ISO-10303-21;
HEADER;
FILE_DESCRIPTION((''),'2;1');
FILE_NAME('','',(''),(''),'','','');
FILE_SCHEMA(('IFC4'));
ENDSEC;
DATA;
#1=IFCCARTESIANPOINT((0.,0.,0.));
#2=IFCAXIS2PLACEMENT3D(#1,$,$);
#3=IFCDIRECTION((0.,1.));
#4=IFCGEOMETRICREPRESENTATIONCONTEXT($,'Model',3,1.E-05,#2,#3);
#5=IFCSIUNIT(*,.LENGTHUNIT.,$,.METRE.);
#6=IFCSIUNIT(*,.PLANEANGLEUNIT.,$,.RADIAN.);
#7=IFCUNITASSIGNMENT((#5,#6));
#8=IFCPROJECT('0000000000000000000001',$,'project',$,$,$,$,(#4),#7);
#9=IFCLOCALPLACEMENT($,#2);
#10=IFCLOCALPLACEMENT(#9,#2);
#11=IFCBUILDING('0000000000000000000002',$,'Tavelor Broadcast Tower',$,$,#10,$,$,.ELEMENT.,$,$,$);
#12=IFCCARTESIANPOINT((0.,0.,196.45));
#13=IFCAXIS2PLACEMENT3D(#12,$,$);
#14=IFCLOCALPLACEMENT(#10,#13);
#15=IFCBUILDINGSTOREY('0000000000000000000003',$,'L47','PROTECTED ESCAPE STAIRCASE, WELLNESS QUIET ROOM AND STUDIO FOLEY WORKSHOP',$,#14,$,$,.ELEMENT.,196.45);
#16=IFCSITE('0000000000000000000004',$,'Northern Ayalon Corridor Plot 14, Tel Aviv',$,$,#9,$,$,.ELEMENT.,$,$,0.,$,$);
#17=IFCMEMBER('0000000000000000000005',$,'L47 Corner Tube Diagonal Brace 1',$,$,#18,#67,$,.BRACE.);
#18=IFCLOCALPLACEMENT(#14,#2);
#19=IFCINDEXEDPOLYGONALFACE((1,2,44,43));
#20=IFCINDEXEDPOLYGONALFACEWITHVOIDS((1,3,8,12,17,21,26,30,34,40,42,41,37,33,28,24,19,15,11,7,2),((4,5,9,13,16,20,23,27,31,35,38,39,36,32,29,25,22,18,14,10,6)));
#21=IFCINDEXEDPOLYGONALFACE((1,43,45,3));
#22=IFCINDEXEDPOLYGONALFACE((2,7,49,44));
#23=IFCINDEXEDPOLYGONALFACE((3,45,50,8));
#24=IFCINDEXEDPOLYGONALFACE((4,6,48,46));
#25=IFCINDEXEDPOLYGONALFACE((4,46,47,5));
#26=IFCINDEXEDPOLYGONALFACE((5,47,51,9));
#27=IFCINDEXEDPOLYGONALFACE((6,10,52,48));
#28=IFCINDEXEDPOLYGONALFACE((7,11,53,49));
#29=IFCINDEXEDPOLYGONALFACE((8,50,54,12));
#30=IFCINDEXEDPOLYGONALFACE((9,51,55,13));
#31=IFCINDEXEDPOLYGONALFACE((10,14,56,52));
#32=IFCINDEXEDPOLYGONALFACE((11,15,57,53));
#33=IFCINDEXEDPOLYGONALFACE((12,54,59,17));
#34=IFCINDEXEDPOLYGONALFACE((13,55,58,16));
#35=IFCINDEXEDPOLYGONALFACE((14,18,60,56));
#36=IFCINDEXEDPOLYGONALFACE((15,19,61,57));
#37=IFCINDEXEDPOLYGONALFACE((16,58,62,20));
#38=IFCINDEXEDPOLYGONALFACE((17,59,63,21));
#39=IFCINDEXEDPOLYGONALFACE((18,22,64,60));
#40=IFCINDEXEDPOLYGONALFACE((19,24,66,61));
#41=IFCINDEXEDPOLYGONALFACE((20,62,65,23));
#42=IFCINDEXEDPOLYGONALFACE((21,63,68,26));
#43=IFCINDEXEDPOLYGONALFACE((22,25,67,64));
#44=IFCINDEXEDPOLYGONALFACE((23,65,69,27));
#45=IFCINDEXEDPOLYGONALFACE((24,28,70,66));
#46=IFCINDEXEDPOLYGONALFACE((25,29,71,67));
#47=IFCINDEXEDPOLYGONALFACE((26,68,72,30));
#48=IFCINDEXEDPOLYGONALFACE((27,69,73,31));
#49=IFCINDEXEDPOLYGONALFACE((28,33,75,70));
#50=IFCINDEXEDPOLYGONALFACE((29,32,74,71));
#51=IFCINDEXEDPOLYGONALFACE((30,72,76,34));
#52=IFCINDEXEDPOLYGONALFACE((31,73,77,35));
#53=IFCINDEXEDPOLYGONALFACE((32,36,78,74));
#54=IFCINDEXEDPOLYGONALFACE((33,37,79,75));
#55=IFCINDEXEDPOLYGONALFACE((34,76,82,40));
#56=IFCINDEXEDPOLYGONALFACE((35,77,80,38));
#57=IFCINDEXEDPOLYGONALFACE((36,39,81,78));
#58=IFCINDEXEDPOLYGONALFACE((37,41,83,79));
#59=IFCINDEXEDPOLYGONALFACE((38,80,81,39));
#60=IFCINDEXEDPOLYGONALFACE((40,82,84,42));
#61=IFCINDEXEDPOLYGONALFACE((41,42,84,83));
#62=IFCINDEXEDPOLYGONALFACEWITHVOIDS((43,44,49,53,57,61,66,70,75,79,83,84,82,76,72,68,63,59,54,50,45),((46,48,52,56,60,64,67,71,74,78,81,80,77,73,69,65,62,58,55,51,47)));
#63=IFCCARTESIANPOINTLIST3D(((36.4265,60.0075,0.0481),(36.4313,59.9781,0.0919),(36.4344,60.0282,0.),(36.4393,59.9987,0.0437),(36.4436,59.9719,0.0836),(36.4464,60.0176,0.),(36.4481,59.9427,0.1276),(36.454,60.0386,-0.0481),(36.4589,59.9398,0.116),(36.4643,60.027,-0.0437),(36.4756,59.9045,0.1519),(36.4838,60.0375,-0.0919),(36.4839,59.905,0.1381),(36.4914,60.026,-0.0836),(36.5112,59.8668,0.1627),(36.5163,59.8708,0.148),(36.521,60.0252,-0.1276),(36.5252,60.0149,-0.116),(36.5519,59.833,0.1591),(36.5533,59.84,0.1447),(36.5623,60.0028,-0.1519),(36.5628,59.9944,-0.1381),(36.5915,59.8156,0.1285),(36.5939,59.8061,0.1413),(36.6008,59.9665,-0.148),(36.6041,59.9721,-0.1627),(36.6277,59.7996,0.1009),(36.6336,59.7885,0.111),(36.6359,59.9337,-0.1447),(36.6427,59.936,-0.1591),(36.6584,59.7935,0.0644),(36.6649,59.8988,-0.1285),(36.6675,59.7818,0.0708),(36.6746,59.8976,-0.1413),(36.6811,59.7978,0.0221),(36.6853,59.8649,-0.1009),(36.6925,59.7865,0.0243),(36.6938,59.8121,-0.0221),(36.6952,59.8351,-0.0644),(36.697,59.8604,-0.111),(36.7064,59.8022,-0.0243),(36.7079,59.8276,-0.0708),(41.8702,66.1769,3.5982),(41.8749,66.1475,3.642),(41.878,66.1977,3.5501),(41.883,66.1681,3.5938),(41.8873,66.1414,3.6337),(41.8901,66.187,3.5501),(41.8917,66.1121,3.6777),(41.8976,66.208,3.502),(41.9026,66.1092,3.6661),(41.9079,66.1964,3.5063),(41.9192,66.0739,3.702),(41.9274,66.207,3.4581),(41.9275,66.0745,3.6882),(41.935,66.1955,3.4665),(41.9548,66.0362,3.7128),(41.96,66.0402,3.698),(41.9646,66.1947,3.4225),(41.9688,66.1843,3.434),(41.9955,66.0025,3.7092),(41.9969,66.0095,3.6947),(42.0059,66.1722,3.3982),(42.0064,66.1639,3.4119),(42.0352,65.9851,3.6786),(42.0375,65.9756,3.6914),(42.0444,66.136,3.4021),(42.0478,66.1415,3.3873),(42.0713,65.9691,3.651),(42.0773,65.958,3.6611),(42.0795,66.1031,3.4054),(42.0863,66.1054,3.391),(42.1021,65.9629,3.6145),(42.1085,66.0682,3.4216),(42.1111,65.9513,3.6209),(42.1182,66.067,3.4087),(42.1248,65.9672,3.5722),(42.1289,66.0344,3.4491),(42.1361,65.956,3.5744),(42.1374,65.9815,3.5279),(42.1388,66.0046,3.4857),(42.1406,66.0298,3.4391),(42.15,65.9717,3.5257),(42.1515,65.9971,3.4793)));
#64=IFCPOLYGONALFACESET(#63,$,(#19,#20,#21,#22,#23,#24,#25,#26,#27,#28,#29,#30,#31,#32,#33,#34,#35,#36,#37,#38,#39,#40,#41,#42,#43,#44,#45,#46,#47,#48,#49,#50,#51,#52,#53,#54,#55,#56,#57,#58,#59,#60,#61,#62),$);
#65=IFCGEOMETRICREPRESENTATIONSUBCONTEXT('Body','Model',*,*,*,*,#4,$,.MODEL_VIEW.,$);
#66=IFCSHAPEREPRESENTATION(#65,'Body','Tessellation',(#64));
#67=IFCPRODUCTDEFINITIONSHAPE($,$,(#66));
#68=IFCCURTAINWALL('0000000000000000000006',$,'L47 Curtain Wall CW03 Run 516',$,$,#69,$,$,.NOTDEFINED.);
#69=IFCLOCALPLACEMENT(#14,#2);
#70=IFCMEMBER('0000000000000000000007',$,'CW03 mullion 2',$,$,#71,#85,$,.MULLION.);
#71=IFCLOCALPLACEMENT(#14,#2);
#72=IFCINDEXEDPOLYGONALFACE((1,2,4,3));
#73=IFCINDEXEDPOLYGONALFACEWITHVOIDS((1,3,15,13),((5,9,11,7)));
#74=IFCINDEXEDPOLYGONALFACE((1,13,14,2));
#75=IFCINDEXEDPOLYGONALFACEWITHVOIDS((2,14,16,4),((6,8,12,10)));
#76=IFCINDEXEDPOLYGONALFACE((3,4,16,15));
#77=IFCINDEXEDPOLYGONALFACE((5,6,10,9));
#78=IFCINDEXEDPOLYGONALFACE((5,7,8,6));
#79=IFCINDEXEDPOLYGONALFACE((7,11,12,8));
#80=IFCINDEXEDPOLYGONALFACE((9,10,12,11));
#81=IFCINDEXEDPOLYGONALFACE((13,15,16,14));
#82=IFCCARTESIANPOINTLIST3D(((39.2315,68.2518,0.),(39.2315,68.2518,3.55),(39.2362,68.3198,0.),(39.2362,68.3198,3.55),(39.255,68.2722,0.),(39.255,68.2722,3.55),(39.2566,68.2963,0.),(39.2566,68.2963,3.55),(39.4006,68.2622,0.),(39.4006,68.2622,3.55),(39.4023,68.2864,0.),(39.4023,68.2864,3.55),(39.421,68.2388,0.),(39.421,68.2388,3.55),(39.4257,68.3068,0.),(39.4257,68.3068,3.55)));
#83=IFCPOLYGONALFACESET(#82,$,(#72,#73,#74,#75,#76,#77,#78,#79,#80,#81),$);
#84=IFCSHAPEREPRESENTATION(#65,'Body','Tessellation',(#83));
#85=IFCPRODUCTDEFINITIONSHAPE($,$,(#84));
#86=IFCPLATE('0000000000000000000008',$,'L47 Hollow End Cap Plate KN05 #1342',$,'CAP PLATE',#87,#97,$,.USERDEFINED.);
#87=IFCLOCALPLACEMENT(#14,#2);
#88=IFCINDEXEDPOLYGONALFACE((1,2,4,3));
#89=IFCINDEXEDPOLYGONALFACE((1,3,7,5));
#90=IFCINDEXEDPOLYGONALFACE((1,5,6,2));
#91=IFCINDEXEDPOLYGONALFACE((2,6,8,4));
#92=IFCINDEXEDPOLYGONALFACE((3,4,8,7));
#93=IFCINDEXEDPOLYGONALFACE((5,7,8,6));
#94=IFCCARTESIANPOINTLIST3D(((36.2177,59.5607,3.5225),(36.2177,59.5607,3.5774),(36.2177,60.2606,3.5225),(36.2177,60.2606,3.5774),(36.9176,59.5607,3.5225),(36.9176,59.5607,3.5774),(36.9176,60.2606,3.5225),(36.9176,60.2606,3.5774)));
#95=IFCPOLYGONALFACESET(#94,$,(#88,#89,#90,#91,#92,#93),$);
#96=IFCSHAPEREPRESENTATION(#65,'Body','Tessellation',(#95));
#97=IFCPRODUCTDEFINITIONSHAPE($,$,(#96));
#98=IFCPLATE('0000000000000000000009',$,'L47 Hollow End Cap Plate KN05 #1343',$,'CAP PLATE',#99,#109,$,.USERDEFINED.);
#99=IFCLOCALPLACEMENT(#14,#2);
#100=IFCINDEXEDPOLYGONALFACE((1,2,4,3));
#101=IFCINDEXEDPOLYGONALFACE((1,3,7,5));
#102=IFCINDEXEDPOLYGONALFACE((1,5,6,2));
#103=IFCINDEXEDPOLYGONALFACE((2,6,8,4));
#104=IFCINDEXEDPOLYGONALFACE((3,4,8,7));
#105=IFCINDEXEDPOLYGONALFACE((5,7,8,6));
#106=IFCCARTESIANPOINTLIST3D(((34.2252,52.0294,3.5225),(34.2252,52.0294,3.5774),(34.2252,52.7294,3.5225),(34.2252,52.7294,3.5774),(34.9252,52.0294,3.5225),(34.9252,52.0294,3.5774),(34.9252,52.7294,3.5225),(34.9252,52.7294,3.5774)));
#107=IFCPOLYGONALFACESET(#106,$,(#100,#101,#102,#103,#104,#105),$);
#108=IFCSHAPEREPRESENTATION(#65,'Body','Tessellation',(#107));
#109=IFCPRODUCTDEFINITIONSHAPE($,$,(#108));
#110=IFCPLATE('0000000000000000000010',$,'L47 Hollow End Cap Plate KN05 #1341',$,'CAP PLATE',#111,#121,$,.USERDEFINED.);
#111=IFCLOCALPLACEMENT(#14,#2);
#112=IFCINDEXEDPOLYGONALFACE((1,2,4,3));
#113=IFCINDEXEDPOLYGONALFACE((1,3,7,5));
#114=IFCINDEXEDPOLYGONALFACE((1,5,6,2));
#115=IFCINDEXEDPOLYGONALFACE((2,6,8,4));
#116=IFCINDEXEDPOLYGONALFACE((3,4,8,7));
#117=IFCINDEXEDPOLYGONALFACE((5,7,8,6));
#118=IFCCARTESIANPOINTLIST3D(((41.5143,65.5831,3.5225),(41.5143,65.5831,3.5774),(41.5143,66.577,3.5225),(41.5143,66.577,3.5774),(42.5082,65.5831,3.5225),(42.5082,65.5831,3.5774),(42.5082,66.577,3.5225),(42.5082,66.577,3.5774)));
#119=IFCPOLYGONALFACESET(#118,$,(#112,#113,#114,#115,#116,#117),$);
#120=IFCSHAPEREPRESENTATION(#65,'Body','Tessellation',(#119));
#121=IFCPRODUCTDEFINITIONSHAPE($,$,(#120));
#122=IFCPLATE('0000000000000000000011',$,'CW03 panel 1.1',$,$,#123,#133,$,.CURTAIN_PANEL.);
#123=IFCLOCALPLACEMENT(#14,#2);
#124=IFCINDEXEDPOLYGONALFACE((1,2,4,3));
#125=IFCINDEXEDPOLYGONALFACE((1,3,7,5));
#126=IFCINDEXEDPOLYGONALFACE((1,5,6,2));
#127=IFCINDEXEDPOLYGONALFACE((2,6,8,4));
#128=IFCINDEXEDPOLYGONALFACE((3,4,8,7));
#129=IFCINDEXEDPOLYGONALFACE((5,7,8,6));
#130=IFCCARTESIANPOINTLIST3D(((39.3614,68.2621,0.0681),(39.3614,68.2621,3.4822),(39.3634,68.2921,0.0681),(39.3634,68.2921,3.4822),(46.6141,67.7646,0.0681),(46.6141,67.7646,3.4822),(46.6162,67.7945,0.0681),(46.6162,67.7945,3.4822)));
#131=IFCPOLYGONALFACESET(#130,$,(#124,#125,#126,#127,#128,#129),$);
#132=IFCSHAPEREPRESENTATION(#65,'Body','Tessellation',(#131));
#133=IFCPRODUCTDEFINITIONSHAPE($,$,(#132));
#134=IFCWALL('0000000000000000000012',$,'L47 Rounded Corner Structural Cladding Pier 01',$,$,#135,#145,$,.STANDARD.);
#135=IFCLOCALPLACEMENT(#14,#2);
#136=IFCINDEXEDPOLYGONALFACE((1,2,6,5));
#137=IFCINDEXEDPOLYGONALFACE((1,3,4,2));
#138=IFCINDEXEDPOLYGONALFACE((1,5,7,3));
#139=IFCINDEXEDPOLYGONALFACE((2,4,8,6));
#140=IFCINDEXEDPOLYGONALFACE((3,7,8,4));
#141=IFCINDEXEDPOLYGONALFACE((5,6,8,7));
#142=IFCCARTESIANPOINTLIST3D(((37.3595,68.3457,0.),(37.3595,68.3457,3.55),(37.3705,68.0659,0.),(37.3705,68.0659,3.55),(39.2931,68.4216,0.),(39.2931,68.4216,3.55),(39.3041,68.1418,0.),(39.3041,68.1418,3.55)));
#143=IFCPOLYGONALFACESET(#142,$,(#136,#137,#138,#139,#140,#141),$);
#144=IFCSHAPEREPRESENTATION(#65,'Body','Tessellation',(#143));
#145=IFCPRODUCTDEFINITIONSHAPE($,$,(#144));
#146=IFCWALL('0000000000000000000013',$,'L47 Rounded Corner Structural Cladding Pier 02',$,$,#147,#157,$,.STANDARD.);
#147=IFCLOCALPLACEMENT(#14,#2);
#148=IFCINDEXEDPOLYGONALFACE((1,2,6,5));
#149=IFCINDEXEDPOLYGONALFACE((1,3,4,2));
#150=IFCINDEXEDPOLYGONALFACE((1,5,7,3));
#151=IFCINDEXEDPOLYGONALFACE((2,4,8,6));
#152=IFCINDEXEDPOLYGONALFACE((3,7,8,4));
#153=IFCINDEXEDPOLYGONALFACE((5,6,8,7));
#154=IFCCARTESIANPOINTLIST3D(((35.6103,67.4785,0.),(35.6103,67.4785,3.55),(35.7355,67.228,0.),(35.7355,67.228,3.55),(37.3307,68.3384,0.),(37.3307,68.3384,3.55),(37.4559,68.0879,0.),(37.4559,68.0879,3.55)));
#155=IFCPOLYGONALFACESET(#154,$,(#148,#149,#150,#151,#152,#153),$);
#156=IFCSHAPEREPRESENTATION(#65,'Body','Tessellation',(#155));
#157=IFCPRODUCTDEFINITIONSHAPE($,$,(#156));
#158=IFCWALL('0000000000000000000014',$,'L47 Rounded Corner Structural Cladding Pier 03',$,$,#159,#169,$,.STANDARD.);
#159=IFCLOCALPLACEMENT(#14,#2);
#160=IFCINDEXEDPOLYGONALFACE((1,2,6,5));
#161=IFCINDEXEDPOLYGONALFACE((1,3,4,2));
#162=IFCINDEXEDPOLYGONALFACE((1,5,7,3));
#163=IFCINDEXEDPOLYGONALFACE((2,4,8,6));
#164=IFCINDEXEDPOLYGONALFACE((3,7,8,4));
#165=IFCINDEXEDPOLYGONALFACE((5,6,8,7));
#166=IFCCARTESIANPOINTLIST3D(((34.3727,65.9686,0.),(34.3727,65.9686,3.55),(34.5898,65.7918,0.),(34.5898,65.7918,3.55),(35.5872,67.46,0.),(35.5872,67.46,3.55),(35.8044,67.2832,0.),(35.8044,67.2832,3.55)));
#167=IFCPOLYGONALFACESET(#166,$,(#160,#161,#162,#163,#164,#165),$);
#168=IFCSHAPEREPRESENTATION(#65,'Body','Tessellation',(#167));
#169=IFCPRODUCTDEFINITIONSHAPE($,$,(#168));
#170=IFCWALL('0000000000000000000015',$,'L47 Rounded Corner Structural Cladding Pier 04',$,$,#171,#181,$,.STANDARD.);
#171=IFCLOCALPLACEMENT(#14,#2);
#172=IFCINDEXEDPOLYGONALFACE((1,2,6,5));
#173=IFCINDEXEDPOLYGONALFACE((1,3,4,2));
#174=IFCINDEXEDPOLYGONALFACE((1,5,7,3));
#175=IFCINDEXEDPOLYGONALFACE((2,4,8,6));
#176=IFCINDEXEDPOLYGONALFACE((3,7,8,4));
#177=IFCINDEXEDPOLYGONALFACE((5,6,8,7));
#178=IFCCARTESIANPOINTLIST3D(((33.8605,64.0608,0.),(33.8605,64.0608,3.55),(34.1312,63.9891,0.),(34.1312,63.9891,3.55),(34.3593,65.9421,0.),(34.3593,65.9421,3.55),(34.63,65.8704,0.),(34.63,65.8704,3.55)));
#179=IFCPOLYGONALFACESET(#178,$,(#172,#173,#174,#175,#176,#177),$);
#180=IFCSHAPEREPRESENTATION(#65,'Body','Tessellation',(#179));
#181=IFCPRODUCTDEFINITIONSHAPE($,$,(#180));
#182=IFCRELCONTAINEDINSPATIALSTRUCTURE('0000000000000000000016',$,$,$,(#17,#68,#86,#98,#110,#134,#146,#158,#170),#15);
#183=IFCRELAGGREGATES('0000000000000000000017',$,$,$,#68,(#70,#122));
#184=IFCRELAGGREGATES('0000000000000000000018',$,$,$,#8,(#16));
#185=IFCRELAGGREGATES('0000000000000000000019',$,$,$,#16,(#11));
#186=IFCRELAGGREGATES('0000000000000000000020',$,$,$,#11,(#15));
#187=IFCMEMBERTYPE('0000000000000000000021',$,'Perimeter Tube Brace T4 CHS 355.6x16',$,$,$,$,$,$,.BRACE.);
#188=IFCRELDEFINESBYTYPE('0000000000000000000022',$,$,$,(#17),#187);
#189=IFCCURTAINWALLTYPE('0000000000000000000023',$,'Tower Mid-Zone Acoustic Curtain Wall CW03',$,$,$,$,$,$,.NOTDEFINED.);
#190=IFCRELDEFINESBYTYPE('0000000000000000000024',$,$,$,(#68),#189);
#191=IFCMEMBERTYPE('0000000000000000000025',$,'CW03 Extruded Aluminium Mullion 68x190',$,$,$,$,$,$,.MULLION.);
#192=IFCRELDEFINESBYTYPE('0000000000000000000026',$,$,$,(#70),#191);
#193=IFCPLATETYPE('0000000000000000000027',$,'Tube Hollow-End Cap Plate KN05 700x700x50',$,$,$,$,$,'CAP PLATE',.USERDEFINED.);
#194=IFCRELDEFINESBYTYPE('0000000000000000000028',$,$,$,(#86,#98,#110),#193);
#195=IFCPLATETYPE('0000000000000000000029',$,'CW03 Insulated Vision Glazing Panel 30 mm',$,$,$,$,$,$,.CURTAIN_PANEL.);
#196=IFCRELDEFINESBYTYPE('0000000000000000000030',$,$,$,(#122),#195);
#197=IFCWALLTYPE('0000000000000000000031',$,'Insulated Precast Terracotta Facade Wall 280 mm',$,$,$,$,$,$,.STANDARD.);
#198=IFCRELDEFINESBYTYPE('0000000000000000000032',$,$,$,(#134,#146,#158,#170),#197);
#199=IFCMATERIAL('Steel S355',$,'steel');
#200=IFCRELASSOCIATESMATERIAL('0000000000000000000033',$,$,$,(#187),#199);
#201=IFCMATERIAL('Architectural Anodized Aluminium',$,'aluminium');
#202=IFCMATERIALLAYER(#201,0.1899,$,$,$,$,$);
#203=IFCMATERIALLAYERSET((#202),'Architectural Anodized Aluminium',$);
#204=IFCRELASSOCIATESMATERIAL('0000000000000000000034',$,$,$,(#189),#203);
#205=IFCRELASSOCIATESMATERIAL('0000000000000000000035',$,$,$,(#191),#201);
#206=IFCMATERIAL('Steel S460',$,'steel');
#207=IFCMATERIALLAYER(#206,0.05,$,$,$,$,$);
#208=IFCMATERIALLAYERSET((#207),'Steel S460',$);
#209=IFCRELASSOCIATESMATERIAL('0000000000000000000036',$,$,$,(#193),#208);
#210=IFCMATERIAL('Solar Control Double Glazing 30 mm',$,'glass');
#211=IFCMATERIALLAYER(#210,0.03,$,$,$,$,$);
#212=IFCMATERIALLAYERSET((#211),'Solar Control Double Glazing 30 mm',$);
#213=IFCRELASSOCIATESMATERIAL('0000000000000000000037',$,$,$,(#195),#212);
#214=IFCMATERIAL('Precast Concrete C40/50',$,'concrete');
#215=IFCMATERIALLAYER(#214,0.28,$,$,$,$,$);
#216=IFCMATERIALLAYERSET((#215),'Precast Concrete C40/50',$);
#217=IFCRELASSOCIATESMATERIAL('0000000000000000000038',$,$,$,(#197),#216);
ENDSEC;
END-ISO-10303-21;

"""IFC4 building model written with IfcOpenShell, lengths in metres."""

from ifc_helpers import new_model, si_unit, direction, frame, frame_2d, origin, origin_2d, place, context, subcontext, project, spatial, rectangle, hollow_rectangle, hollow_circle, extrude, source, transform, mapped, material, layer, layer_set, material_profile, profile_set, type_object, type_shapes, element, aggregate, save


model = new_model("IFC4")

# Units and contexts
model_context = context("Model", 3, precision=1e-05, world=origin(), true_north=direction((0.0, 1.0)))
body_context = subcontext(model_context, "Body", "Model", "MODEL_VIEW")
ifc_project = project(units=[si_unit("LENGTHUNIT", "METRE"), si_unit("PLANEANGLEUNIT", "RADIAN")], contexts=[model_context])

# Site, building, storey
site_placement = place(None, origin())
site = spatial("IfcSite", under=ifc_project, at=site_placement, Name="Northern Ayalon Corridor Plot 14, Tel Aviv", CompositionType="ELEMENT", RefElevation=0.0)
building_placement = place(site_placement, origin())
building = spatial("IfcBuilding", under=site, at=building_placement, Name="Tavelor Broadcast Tower", CompositionType="ELEMENT")
storey_placement = place(building_placement, frame((0.0, 0.0, 196.45)))
storey = spatial("IfcBuildingStorey", under=building, at=storey_placement, Name="L47", Description="PROTECTED ESCAPE STAIRCASE, WELLNESS QUIET ROOM AND STUDIO FOLEY WORKSHOP", CompositionType="ELEMENT", Elevation=196.45)

# Shared definitions
ifc_material_1 = material(Name="Steel S460", Category="steel")

# Shared definitions
ifc_material_2 = material(Name="Steel S355", Category="steel")

# Member
ifc_material_profile_1 = material_profile(ifc_material_2, hollow_circle(Radius=0.1777, WallThickness=0.0161, at=origin_2d()), Name="CHS 355.6x16")
ifc_profile_set_1 = profile_set([ifc_material_profile_1], Name="Steel S355")
member_type_1 = type_object("IfcMemberType", Name="Perimeter Tube Brace T4 CHS 355.6x16", PredefinedType="BRACE", material=ifc_profile_set_1)
member_1_placement = place(storey_placement, frame((36.5676, 59.9106, 0.0), z_axis=(0.607485, 0.688484, 0.396171), x_axis=(-0.749839, 0.661621, 0.0)))
element("IfcMember", 1, at=member_1_placement, inside=storey, type_object=member_type_1, Name="L47 Corner Tube Diagonal Brace 1", PredefinedType="BRACE", context=body_context, shape_type="SweptSolid", body=[
    extrude(hollow_circle(Radius=0.1777, WallThickness=0.0161, at=origin_2d()), origin(), (0.0, 0.0, 1.0), 8.9609),
])

# Curtain wall, member
ifc_material_3 = material(Name="Architectural Anodized Aluminium", Category="aluminium")
ifc_layer_1 = layer(ifc_material_3, 0.1899)
ifc_layer_set_1 = layer_set([ifc_layer_1], Name="Architectural Anodized Aluminium")
curtain_wall_type = type_object("IfcCurtainWallType", Name="Tower Mid-Zone Acoustic Curtain Wall CW03", PredefinedType="NOTDEFINED", material=ifc_layer_set_1)
curtain_wall_placement = place(storey_placement, origin())
curtain_wall = element("IfcCurtainWall", 2, at=curtain_wall_placement, inside=storey, type_object=curtain_wall_type, Name="L47 Curtain Wall CW03 Run 516", PredefinedType="NOTDEFINED")
ifc_material_profile_2 = material_profile(ifc_material_3, hollow_rectangle(XDim=0.0681, YDim=0.1899, WallThickness=0.022, at=origin_2d()), Name="RHS 68x190x22")
ifc_profile_set_2 = profile_set([ifc_material_profile_2], Name="Architectural Anodized Aluminium")
member_type_2 = type_object("IfcMemberType", Name="CW03 Extruded Aluminium Mullion 68x190", PredefinedType="MULLION", material=ifc_profile_set_2)
shared_shape_1 = source(origin(), body_context, "Body", "SweptSolid", [
    extrude(hollow_rectangle(XDim=0.0681, YDim=0.1899, WallThickness=0.022, at=origin_2d()), origin(), (0.0, 0.0, 1.0), 3.55),
])
type_shapes(member_type_2, [shared_shape_1])
member_2_placement = place(storey_placement, frame((39.3286, 68.2793, 0.0), z_axis=(0.0, 0.0, 1.0), x_axis=(-0.068434, -0.997656, 0.0)))
member_2 = element("IfcMember", 3, at=member_2_placement, type_object=member_type_2, Name="CW03 mullion 2", PredefinedType="MULLION", context=body_context, shape_type="MappedRepresentation", body=[
    mapped(shared_shape_1, transform((0.0, 0.0, 0.0), scale=1.0)),
])

# Plates
ifc_layer_2 = layer(ifc_material_1, 0.05)
ifc_layer_set_2 = layer_set([ifc_layer_2], Name="Steel S460")
plate_type_1 = type_object("IfcPlateType", Name="Tube Hollow-End Cap Plate KN05 700x700x50", ElementType="CAP PLATE", PredefinedType="USERDEFINED", material=ifc_layer_set_2)
shared_shape_2 = source(origin(), body_context, "Body", "SweptSolid", [
    extrude(rectangle(XDim=0.7, YDim=0.7, at=origin_2d()), origin(), (0.0, 0.0, 1.0), 0.0549),
])
for number, where, z_axis, x_axis, name in (
    (4, (36.5676, 59.9106, 3.5225), (0.0, 0.0, 1.0), (1.0, 0.0, 0.0), "L47 Hollow End Cap Plate KN05 #1342"),
    (5, (34.5752, 52.3794, 3.5225), (0.0, 0.0, 1.0), (1.0, 0.0, 0.0), "L47 Hollow End Cap Plate KN05 #1343"),
):
    element("IfcPlate", number, at=place(storey_placement, frame(where, z_axis=z_axis, x_axis=x_axis)), inside=storey, type_object=plate_type_1, Name=name, ObjectType="CAP PLATE", PredefinedType="USERDEFINED", context=body_context, shape_type="MappedRepresentation", body=[
        mapped(shared_shape_2, transform((0.0, 0.0, 0.0), scale=1.0)),
    ])
shared_shape_3 = source(origin(), body_context, "Body", "SweptSolid", [
    extrude(rectangle(XDim=0.9939, YDim=0.9939, at=origin_2d()), origin(), (0.0, 0.0, 1.0), 0.0549),
])
type_shapes(plate_type_1, [shared_shape_2, shared_shape_3])
plate_1_placement = place(storey_placement, frame((42.0112, 66.0801, 3.5225), z_axis=(0.0, 0.0, 1.0), x_axis=(1.0, 0.0, 0.0)))
element("IfcPlate", 6, at=plate_1_placement, inside=storey, type_object=plate_type_1, Name="L47 Hollow End Cap Plate KN05 #1341", ObjectType="CAP PLATE", PredefinedType="USERDEFINED", context=body_context, shape_type="MappedRepresentation", body=[
    mapped(shared_shape_3, transform((0.0, 0.0, 0.0), scale=1.0)),
])

# Plate
ifc_material_4 = material(Name="Solar Control Double Glazing 30 mm", Category="glass")
ifc_layer_3 = layer(ifc_material_4, 0.03)
ifc_layer_set_3 = layer_set([ifc_layer_3], Name="Solar Control Double Glazing 30 mm")
plate_type_2 = type_object("IfcPlateType", Name="CW03 Insulated Vision Glazing Panel 30 mm", PredefinedType="CURTAIN_PANEL", material=ifc_layer_set_3)
shared_shape_4 = source(origin(), body_context, "Body", "SweptSolid", [
    extrude(rectangle(XDim=7.2698, YDim=0.03, at=origin_2d()), origin(), (0.0, 0.0, 1.0), 3.4141),
])
type_shapes(plate_type_2, [shared_shape_4])
plate_2_placement = place(storey_placement, frame((42.9888, 68.0283, 0.0681), z_axis=(0.0, 0.0, 1.0), x_axis=(-0.997656, 0.068434, 0.0)))
plate_2 = element("IfcPlate", 7, at=plate_2_placement, type_object=plate_type_2, Name="CW03 panel 1.1", PredefinedType="CURTAIN_PANEL", context=body_context, shape_type="MappedRepresentation", body=[
    mapped(shared_shape_4, transform((0.0, 0.0, 0.0), scale=1.0)),
])
aggregate(curtain_wall, [member_2, plate_2])

# Walls
ifc_material_5 = material(Name="Precast Concrete C40/50", Category="concrete")
ifc_layer_4 = layer(ifc_material_5, 0.28)
ifc_layer_set_4 = layer_set([ifc_layer_4], Name="Precast Concrete C40/50")
wall_type_1 = type_object("IfcWallType", Name="Insulated Precast Terracotta Facade Wall 280 mm", PredefinedType="STANDARD", material=ifc_layer_set_4)
wall_1_placement = place(storey_placement, frame((39.2986, 68.2817, 0.0), z_axis=(0.0, 0.0, 1.0), x_axis=(-0.99923, -0.039237, 0.0)))
element("IfcWall", 8, at=wall_1_placement, inside=storey, type_object=wall_type_1, Name="L47 Rounded Corner Structural Cladding Pier 01", PredefinedType="STANDARD", context=body_context, shape_type="SweptSolid", body=[
    extrude(rectangle(XDim=1.9351, YDim=0.28, at=frame_2d((0.9675, 0.0))), origin(), (0.0, 0.0, 1.0), 3.55),
])
for number, where, z_axis, x_axis, name in (
    (9, (37.3933, 68.2131, 0.0), (0.0, 0.0, 1.0), (-0.894503, -0.447061, 0.0), "L47 Rounded Corner Structural Cladding Pier 02"),
    (10, (35.6958, 67.3716, 0.0), (0.0, 0.0, 1.0), (-0.631467, -0.775403, 0.0), "L47 Rounded Corner Structural Cladding Pier 03"),
):
    element("IfcWall", number, at=place(storey_placement, frame(where, z_axis=z_axis, x_axis=x_axis)), inside=storey, type_object=wall_type_1, Name=name, PredefinedType="STANDARD", context=body_context, shape_type="SweptSolid", body=[
        extrude(rectangle(XDim=1.9233, YDim=0.28, at=frame_2d((0.9617, 0.0))), origin(), (0.0, 0.0, 1.0), 3.55),
    ])
wall_2_placement = place(storey_placement, frame((34.4946, 65.9062, 0.0), z_axis=(0.0, 0.0, 1.0), x_axis=(-0.256265, -0.966607, 0.0)))
element("IfcWall", 11, at=wall_2_placement, inside=storey, type_object=wall_type_1, Name="L47 Rounded Corner Structural Cladding Pier 04", PredefinedType="STANDARD", context=body_context, shape_type="SweptSolid", body=[
    extrude(rectangle(XDim=1.9463, YDim=0.28, at=frame_2d((0.9731, 0.0))), origin(), (0.0, 0.0, 1.0), 3.55),
])

save(model, "model.ifc")
